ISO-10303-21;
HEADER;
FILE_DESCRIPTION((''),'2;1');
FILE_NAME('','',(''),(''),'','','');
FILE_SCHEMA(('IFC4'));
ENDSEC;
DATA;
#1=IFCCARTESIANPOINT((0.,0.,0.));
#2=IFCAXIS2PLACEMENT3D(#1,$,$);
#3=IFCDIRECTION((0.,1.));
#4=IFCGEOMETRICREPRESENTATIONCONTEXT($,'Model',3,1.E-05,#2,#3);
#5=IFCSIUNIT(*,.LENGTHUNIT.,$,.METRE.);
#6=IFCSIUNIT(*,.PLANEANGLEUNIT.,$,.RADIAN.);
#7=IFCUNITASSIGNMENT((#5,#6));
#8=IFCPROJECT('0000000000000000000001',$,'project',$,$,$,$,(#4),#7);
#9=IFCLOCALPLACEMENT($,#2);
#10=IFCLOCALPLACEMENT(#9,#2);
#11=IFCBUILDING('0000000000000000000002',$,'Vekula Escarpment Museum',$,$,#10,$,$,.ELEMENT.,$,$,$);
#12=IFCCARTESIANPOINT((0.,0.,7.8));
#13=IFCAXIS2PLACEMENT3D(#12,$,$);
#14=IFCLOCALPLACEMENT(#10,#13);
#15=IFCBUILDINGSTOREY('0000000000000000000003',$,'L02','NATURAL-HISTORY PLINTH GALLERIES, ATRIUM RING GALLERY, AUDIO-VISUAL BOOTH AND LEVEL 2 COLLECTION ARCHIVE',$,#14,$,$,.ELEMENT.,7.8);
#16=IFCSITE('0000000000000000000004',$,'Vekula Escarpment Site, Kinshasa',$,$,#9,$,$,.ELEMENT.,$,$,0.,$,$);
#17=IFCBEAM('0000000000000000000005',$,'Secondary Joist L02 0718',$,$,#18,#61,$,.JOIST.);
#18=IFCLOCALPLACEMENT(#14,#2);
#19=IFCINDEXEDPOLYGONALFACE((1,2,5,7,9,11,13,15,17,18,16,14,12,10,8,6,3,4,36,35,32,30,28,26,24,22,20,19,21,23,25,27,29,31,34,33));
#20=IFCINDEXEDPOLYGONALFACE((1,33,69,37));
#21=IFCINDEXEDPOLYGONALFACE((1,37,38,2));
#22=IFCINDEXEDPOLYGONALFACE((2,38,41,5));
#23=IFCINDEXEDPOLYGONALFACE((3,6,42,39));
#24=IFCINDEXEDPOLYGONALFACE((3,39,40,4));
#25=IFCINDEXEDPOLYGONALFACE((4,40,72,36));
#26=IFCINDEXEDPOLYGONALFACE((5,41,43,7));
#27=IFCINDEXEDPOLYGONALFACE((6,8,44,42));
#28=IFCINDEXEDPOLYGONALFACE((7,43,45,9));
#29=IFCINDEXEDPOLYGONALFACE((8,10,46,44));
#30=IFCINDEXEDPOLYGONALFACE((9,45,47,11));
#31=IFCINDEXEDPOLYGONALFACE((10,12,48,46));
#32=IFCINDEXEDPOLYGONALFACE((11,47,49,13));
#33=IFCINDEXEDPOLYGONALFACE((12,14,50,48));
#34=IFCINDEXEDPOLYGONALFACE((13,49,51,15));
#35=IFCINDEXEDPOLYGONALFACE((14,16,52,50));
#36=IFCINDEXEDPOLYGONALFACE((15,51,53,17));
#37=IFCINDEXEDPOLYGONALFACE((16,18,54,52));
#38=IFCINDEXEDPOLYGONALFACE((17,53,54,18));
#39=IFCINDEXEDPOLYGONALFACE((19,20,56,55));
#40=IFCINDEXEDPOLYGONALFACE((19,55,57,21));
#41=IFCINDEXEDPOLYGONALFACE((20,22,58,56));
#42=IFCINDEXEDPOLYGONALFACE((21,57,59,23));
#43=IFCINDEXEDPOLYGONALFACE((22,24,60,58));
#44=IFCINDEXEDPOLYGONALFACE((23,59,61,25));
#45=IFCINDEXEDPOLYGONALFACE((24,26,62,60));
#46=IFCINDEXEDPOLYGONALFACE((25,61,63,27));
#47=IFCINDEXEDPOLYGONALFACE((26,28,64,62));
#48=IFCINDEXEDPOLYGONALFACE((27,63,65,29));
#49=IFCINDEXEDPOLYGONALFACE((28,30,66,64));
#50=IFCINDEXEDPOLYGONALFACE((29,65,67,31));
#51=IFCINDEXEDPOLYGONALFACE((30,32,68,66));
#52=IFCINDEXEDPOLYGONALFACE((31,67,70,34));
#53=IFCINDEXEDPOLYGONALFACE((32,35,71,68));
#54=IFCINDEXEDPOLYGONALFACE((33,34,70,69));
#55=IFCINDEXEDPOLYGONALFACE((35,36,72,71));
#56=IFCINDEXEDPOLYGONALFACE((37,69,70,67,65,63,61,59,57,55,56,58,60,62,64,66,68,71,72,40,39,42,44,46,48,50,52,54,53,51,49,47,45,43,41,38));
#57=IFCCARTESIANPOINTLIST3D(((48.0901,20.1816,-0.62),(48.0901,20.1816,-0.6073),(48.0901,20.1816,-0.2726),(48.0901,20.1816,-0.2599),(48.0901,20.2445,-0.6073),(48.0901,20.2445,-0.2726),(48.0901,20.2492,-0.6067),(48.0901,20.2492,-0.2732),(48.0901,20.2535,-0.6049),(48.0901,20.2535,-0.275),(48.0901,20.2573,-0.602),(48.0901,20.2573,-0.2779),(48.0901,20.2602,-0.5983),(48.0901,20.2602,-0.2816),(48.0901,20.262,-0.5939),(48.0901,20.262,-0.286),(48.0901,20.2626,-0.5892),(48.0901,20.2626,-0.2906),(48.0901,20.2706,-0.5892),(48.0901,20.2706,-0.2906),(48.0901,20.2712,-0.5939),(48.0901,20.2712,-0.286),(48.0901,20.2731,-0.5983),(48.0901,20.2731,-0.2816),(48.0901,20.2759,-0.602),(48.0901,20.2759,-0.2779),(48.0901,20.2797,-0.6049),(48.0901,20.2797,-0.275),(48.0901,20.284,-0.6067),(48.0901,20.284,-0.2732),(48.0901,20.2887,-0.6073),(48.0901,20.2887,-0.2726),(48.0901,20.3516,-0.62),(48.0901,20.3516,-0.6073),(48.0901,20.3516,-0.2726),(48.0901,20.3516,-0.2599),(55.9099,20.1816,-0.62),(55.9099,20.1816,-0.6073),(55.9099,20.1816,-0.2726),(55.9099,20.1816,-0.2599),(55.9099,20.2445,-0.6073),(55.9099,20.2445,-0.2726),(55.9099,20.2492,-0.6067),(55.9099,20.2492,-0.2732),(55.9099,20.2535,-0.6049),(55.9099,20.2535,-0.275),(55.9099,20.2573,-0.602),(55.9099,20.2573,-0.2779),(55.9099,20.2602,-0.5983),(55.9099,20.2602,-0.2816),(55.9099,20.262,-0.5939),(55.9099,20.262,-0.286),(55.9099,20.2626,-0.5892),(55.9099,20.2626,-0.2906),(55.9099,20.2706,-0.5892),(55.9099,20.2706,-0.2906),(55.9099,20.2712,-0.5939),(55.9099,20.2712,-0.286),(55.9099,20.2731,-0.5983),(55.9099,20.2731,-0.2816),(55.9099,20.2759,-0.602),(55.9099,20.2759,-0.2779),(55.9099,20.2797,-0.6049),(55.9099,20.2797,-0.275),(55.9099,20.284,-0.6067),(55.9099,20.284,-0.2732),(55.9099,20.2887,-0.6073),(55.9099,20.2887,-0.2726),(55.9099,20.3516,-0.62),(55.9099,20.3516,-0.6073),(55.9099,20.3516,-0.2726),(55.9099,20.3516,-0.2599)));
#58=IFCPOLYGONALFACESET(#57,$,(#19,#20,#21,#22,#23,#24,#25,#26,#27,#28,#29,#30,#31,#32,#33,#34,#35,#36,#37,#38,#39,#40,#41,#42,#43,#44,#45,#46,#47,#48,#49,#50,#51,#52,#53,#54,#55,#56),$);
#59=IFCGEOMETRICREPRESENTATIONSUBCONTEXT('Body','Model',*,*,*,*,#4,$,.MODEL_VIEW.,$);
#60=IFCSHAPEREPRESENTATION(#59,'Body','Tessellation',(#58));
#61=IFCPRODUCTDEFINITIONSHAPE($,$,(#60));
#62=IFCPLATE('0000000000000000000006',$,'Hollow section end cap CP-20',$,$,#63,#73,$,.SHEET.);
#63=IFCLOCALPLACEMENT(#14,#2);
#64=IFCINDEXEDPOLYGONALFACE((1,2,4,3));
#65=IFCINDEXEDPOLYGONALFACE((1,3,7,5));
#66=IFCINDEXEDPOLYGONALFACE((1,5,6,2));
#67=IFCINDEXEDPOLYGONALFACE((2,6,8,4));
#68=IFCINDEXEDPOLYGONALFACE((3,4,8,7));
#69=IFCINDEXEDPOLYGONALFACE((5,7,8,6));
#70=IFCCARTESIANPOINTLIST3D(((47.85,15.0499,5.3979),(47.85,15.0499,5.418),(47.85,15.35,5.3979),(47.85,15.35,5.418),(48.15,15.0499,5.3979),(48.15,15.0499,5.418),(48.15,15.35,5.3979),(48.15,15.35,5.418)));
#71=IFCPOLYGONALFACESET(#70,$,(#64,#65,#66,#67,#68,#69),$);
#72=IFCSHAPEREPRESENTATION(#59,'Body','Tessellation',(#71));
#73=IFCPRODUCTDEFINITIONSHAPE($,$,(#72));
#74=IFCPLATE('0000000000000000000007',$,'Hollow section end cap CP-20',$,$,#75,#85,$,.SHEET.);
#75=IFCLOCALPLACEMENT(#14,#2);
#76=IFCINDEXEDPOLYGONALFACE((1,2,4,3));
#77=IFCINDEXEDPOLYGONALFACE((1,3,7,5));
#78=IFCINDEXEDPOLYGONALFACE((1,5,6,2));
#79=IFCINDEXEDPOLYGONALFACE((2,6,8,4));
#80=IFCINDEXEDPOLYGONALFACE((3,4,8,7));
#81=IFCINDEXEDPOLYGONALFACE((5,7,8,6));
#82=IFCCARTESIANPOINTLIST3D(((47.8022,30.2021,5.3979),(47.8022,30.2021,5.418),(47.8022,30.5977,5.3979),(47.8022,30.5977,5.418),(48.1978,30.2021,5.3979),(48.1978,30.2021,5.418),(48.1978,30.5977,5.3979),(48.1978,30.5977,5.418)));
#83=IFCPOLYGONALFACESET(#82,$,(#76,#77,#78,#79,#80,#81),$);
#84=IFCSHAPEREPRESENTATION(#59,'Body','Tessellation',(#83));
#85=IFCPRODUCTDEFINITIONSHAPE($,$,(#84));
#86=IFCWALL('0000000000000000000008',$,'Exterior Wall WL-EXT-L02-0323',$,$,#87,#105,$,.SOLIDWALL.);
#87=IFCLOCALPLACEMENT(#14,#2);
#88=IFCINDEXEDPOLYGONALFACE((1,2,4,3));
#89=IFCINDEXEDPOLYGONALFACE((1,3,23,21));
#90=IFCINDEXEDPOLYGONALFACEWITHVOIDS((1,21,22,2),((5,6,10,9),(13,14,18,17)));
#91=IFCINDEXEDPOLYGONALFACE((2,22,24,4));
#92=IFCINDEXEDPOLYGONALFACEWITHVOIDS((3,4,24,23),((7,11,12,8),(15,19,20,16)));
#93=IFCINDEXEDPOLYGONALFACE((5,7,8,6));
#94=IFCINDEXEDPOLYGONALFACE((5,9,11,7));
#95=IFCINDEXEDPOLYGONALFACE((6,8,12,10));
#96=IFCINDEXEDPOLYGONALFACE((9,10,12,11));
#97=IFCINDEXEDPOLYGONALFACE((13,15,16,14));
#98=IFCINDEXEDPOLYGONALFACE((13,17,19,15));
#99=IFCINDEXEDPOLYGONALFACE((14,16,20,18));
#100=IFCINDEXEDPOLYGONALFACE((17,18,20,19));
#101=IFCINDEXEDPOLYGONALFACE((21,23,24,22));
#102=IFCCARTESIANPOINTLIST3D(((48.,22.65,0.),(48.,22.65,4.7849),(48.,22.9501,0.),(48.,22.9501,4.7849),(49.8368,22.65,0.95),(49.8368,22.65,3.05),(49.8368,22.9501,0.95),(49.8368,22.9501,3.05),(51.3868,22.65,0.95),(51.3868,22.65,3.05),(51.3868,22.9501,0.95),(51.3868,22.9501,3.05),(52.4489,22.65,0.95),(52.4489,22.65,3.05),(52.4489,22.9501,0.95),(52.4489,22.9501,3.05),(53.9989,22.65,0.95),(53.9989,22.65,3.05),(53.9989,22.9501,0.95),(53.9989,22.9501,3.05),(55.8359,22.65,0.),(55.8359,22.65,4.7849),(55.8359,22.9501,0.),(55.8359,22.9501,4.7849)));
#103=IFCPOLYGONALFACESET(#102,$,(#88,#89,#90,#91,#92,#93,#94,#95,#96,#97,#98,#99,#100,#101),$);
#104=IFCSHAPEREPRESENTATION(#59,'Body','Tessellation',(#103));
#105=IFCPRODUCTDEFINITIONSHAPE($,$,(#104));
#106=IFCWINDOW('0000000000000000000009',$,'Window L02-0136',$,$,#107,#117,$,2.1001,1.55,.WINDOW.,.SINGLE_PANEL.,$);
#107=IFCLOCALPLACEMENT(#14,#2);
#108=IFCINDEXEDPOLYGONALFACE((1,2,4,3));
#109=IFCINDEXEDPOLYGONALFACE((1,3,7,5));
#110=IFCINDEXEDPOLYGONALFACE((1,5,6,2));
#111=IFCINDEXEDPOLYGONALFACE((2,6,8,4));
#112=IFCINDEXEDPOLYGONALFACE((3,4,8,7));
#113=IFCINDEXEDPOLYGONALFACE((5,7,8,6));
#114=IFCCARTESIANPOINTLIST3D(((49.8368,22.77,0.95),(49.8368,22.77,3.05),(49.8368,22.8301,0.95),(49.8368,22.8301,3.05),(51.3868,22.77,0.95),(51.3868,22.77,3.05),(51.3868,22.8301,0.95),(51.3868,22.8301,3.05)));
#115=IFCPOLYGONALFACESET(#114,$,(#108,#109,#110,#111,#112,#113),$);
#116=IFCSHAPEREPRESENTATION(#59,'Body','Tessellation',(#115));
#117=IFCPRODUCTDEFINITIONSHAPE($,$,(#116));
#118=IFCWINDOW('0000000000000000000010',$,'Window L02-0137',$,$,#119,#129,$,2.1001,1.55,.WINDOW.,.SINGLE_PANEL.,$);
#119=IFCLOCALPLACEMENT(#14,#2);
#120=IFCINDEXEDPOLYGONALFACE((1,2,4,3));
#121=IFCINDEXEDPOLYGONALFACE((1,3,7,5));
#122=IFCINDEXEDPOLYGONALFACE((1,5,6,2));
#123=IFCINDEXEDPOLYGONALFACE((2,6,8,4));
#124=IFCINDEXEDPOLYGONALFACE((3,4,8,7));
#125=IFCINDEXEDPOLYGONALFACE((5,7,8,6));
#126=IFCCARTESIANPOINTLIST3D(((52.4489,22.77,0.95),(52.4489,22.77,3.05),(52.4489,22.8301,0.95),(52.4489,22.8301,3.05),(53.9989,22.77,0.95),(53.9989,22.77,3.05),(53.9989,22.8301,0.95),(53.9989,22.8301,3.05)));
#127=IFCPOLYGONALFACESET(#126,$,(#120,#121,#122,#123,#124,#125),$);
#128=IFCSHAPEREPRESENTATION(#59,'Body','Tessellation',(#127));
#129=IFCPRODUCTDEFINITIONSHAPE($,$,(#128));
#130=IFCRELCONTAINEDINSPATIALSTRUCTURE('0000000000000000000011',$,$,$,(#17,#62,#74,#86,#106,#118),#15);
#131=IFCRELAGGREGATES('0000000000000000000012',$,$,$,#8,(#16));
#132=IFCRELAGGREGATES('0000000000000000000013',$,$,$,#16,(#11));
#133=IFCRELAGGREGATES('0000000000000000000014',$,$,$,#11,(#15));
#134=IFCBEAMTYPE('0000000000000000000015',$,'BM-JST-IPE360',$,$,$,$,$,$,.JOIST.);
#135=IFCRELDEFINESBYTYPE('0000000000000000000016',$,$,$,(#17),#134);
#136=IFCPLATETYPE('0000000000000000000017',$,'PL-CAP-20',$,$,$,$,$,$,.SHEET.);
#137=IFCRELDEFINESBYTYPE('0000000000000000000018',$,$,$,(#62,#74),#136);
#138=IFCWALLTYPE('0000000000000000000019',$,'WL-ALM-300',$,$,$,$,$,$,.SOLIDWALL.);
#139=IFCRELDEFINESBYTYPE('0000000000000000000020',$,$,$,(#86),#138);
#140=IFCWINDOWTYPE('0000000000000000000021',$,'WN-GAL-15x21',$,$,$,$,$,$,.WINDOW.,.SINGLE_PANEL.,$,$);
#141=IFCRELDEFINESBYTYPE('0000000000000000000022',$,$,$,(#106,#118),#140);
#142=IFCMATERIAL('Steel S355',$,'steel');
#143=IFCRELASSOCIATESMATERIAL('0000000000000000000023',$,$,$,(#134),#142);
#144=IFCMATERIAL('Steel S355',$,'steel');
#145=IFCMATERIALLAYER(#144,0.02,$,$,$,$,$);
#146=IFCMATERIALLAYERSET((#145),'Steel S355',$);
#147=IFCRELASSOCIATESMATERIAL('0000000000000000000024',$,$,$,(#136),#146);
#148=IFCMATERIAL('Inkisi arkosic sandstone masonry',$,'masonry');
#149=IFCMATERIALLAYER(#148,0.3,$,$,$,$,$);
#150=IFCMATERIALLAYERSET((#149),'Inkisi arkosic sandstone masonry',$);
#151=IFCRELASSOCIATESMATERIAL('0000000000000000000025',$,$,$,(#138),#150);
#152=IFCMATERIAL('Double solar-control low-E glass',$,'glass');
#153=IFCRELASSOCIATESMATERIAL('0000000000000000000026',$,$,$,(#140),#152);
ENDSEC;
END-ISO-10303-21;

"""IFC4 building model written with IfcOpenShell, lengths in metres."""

from ifc_helpers import new_model, si_unit, direction, frame, frame_2d, origin, origin_2d, place, context, subcontext, project, spatial, rectangle, i_section, extrude, material, layer, layer_set, material_profile, profile_set, type_object, element, fill, save


model = new_model("IFC4")

# Units and contexts
model_context = context("Model", 3, precision=1e-05, world=origin(), true_north=direction((0.0, 1.0)))
body_context = subcontext(model_context, "Body", "Model", "MODEL_VIEW")
ifc_project = project(units=[si_unit("LENGTHUNIT", "METRE"), si_unit("PLANEANGLEUNIT", "RADIAN")], contexts=[model_context])

# Site, building, storey
site_placement = place(None, origin())
site = spatial("IfcSite", under=ifc_project, at=site_placement, Name="Vekula Escarpment Site, Kinshasa", CompositionType="ELEMENT", RefElevation=0.0)
building_placement = place(site_placement, origin())
building = spatial("IfcBuilding", under=site, at=building_placement, Name="Vekula Escarpment Museum", CompositionType="ELEMENT")
storey_placement = place(building_placement, frame((0.0, 0.0, 7.8)))
storey = spatial("IfcBuildingStorey", under=building, at=storey_placement, Name="L02", Description="NATURAL-HISTORY PLINTH GALLERIES, ATRIUM RING GALLERY, AUDIO-VISUAL BOOTH AND LEVEL 2 COLLECTION ARCHIVE", CompositionType="ELEMENT", Elevation=7.8)

# Beam
ifc_material_1 = material(Name="Steel S355", Category="steel")
ifc_material_profile_1 = material_profile(ifc_material_1, i_section(OverallWidth=0.1699, OverallDepth=0.3601, WebThickness=0.0081, FlangeThickness=0.0127, FilletRadius=0.0181, at=origin_2d()), Name="IPE 360")
ifc_profile_set_1 = profile_set([ifc_material_profile_1], Name="Steel S355")
beam_type_1 = type_object("IfcBeamType", Name="BM-JST-IPE360", PredefinedType="JOIST", material=ifc_profile_set_1)
for number, where, z_axis, x_axis, name in (
    (1, (48.0901, 20.2666, -0.4399), (1.0, 0.0, 0.0), (0.0, 1.0, 0.0), "Secondary Joist L02 0718"),
):
    element("IfcBeam", number, at=place(storey_placement, frame(where, z_axis=z_axis, x_axis=x_axis)), inside=storey, type_object=beam_type_1, Name=name, PredefinedType="JOIST", context=body_context, shape_type="SweptSolid", body=[
        extrude(i_section(OverallWidth=0.1699, OverallDepth=0.3601, WebThickness=0.0081, FlangeThickness=0.0127, FilletRadius=0.0181, at=origin_2d()), origin(), (0.0, 0.0, 1.0), 7.8198),
    ])

# Plates
ifc_material_2 = material(Name="Steel S355", Category="steel")
ifc_layer_1 = layer(ifc_material_2, 0.02)
ifc_layer_set_1 = layer_set([ifc_layer_1], Name="Steel S355")
plate_type = type_object("IfcPlateType", Name="PL-CAP-20", PredefinedType="SHEET", material=ifc_layer_set_1)
plate_1_placement = place(storey_placement, frame((48.0, 15.2, 5.3979), z_axis=(0.0, 0.0, 1.0), x_axis=(1.0, 0.0, 0.0)))
element("IfcPlate", 2, at=plate_1_placement, inside=storey, type_object=plate_type, Name="Hollow section end cap CP-20", PredefinedType="SHEET", context=body_context, shape_type="SweptSolid", body=[
    extrude(rectangle(XDim=0.3, YDim=0.3, at=origin_2d()), origin(), (0.0, 0.0, 1.0), 0.02),
])
plate_2_placement = place(storey_placement, frame((48.0, 30.3999, 5.3979), z_axis=(0.0, 0.0, 1.0), x_axis=(1.0, 0.0, 0.0)))
element("IfcPlate", 3, at=plate_2_placement, inside=storey, type_object=plate_type, Name="Hollow section end cap CP-20", PredefinedType="SHEET", context=body_context, shape_type="SweptSolid", body=[
    extrude(rectangle(XDim=0.3955, YDim=0.3955, at=origin_2d()), origin(), (0.0, 0.0, 1.0), 0.02),
])

# Wall, openings, windows
ifc_material_3 = material(Name="Inkisi arkosic sandstone masonry", Category="masonry")
ifc_layer_2 = layer(ifc_material_3, 0.3)
ifc_layer_set_2 = layer_set([ifc_layer_2], Name="Inkisi arkosic sandstone masonry")
wall_type_1 = type_object("IfcWallType", Name="WL-ALM-300", PredefinedType="SOLIDWALL", material=ifc_layer_set_2)
wall_1_placement = place(storey_placement, frame((48.0, 22.8, 0.0), z_axis=(0.0, 0.0, 1.0), x_axis=(1.0, 0.0, 0.0)))
wall_1 = element("IfcWall", 4, at=wall_1_placement, inside=storey, type_object=wall_type_1, Name="Exterior Wall WL-EXT-L02-0323", PredefinedType="SOLIDWALL", context=body_context, shape_type="SweptSolid", body=[
    extrude(rectangle(XDim=7.8359, YDim=0.3, at=frame_2d((3.918, 0.0))), origin(), (0.0, 0.0, 1.0), 4.7849),
])
opening_1_placement = place(wall_1_placement, frame((1.8369, 0.0, 0.95)))
opening_1 = element("IfcOpeningElement", 5, at=opening_1_placement, cuts=wall_1, PredefinedType="OPENING", context=body_context, shape_type="SweptSolid", body=[
    extrude(rectangle(XDim=1.55, YDim=2.1001, at=frame_2d((0.7749, 1.05))), frame((0.0, 0.1599, 0.0), z_axis=(0.0, -1.0, 0.0), x_axis=(1.0, 0.0, 0.0)), (0.0, 0.0, 1.0), 0.3201),
])
opening_2_placement = place(wall_1_placement, frame((4.449, 0.0, 0.95)))
opening_2 = element("IfcOpeningElement", 6, at=opening_2_placement, cuts=wall_1, PredefinedType="OPENING", context=body_context, shape_type="SweptSolid", body=[
    extrude(rectangle(XDim=1.55, YDim=2.1001, at=frame_2d((0.7749, 1.05))), frame((0.0, 0.1599, 0.0), z_axis=(0.0, -1.0, 0.0), x_axis=(1.0, 0.0, 0.0)), (0.0, 0.0, 1.0), 0.3201),
])
ifc_material_4 = material(Name="Double solar-control low-E glass", Category="glass")
window_type_1 = type_object("IfcWindowType", Name="WN-GAL-15x21", PartitioningType="SINGLE_PANEL", PredefinedType="WINDOW", material=ifc_material_4)
window_1_placement = place(opening_1_placement, origin())
window_1 = element("IfcWindow", 7, at=window_1_placement, inside=storey, type_object=window_type_1, Name="Window L02-0136", OverallHeight=2.1001, OverallWidth=1.55, PartitioningType="SINGLE_PANEL", PredefinedType="WINDOW", context=body_context, shape_type="SweptSolid", body=[
    extrude(rectangle(XDim=1.55, YDim=2.1001, at=frame_2d((0.7749, 1.05))), frame((0.0, 0.03, 0.0), z_axis=(0.0, -1.0, 0.0), x_axis=(1.0, 0.0, 0.0)), (0.0, 0.0, 1.0), 0.0601),
])
fill(opening_1, window_1)
window_2_placement = place(opening_2_placement, origin())
window_2 = element("IfcWindow", 8, at=window_2_placement, inside=storey, type_object=window_type_1, Name="Window L02-0137", OverallHeight=2.1001, OverallWidth=1.55, PartitioningType="SINGLE_PANEL", PredefinedType="WINDOW", context=body_context, shape_type="SweptSolid", body=[
    extrude(rectangle(XDim=1.55, YDim=2.1001, at=frame_2d((0.7749, 1.05))), frame((0.0, 0.03, 0.0), z_axis=(0.0, -1.0, 0.0), x_axis=(1.0, 0.0, 0.0)), (0.0, 0.0, 1.0), 0.0601),
])
fill(opening_2, window_2)

save(model, "model.ifc")
